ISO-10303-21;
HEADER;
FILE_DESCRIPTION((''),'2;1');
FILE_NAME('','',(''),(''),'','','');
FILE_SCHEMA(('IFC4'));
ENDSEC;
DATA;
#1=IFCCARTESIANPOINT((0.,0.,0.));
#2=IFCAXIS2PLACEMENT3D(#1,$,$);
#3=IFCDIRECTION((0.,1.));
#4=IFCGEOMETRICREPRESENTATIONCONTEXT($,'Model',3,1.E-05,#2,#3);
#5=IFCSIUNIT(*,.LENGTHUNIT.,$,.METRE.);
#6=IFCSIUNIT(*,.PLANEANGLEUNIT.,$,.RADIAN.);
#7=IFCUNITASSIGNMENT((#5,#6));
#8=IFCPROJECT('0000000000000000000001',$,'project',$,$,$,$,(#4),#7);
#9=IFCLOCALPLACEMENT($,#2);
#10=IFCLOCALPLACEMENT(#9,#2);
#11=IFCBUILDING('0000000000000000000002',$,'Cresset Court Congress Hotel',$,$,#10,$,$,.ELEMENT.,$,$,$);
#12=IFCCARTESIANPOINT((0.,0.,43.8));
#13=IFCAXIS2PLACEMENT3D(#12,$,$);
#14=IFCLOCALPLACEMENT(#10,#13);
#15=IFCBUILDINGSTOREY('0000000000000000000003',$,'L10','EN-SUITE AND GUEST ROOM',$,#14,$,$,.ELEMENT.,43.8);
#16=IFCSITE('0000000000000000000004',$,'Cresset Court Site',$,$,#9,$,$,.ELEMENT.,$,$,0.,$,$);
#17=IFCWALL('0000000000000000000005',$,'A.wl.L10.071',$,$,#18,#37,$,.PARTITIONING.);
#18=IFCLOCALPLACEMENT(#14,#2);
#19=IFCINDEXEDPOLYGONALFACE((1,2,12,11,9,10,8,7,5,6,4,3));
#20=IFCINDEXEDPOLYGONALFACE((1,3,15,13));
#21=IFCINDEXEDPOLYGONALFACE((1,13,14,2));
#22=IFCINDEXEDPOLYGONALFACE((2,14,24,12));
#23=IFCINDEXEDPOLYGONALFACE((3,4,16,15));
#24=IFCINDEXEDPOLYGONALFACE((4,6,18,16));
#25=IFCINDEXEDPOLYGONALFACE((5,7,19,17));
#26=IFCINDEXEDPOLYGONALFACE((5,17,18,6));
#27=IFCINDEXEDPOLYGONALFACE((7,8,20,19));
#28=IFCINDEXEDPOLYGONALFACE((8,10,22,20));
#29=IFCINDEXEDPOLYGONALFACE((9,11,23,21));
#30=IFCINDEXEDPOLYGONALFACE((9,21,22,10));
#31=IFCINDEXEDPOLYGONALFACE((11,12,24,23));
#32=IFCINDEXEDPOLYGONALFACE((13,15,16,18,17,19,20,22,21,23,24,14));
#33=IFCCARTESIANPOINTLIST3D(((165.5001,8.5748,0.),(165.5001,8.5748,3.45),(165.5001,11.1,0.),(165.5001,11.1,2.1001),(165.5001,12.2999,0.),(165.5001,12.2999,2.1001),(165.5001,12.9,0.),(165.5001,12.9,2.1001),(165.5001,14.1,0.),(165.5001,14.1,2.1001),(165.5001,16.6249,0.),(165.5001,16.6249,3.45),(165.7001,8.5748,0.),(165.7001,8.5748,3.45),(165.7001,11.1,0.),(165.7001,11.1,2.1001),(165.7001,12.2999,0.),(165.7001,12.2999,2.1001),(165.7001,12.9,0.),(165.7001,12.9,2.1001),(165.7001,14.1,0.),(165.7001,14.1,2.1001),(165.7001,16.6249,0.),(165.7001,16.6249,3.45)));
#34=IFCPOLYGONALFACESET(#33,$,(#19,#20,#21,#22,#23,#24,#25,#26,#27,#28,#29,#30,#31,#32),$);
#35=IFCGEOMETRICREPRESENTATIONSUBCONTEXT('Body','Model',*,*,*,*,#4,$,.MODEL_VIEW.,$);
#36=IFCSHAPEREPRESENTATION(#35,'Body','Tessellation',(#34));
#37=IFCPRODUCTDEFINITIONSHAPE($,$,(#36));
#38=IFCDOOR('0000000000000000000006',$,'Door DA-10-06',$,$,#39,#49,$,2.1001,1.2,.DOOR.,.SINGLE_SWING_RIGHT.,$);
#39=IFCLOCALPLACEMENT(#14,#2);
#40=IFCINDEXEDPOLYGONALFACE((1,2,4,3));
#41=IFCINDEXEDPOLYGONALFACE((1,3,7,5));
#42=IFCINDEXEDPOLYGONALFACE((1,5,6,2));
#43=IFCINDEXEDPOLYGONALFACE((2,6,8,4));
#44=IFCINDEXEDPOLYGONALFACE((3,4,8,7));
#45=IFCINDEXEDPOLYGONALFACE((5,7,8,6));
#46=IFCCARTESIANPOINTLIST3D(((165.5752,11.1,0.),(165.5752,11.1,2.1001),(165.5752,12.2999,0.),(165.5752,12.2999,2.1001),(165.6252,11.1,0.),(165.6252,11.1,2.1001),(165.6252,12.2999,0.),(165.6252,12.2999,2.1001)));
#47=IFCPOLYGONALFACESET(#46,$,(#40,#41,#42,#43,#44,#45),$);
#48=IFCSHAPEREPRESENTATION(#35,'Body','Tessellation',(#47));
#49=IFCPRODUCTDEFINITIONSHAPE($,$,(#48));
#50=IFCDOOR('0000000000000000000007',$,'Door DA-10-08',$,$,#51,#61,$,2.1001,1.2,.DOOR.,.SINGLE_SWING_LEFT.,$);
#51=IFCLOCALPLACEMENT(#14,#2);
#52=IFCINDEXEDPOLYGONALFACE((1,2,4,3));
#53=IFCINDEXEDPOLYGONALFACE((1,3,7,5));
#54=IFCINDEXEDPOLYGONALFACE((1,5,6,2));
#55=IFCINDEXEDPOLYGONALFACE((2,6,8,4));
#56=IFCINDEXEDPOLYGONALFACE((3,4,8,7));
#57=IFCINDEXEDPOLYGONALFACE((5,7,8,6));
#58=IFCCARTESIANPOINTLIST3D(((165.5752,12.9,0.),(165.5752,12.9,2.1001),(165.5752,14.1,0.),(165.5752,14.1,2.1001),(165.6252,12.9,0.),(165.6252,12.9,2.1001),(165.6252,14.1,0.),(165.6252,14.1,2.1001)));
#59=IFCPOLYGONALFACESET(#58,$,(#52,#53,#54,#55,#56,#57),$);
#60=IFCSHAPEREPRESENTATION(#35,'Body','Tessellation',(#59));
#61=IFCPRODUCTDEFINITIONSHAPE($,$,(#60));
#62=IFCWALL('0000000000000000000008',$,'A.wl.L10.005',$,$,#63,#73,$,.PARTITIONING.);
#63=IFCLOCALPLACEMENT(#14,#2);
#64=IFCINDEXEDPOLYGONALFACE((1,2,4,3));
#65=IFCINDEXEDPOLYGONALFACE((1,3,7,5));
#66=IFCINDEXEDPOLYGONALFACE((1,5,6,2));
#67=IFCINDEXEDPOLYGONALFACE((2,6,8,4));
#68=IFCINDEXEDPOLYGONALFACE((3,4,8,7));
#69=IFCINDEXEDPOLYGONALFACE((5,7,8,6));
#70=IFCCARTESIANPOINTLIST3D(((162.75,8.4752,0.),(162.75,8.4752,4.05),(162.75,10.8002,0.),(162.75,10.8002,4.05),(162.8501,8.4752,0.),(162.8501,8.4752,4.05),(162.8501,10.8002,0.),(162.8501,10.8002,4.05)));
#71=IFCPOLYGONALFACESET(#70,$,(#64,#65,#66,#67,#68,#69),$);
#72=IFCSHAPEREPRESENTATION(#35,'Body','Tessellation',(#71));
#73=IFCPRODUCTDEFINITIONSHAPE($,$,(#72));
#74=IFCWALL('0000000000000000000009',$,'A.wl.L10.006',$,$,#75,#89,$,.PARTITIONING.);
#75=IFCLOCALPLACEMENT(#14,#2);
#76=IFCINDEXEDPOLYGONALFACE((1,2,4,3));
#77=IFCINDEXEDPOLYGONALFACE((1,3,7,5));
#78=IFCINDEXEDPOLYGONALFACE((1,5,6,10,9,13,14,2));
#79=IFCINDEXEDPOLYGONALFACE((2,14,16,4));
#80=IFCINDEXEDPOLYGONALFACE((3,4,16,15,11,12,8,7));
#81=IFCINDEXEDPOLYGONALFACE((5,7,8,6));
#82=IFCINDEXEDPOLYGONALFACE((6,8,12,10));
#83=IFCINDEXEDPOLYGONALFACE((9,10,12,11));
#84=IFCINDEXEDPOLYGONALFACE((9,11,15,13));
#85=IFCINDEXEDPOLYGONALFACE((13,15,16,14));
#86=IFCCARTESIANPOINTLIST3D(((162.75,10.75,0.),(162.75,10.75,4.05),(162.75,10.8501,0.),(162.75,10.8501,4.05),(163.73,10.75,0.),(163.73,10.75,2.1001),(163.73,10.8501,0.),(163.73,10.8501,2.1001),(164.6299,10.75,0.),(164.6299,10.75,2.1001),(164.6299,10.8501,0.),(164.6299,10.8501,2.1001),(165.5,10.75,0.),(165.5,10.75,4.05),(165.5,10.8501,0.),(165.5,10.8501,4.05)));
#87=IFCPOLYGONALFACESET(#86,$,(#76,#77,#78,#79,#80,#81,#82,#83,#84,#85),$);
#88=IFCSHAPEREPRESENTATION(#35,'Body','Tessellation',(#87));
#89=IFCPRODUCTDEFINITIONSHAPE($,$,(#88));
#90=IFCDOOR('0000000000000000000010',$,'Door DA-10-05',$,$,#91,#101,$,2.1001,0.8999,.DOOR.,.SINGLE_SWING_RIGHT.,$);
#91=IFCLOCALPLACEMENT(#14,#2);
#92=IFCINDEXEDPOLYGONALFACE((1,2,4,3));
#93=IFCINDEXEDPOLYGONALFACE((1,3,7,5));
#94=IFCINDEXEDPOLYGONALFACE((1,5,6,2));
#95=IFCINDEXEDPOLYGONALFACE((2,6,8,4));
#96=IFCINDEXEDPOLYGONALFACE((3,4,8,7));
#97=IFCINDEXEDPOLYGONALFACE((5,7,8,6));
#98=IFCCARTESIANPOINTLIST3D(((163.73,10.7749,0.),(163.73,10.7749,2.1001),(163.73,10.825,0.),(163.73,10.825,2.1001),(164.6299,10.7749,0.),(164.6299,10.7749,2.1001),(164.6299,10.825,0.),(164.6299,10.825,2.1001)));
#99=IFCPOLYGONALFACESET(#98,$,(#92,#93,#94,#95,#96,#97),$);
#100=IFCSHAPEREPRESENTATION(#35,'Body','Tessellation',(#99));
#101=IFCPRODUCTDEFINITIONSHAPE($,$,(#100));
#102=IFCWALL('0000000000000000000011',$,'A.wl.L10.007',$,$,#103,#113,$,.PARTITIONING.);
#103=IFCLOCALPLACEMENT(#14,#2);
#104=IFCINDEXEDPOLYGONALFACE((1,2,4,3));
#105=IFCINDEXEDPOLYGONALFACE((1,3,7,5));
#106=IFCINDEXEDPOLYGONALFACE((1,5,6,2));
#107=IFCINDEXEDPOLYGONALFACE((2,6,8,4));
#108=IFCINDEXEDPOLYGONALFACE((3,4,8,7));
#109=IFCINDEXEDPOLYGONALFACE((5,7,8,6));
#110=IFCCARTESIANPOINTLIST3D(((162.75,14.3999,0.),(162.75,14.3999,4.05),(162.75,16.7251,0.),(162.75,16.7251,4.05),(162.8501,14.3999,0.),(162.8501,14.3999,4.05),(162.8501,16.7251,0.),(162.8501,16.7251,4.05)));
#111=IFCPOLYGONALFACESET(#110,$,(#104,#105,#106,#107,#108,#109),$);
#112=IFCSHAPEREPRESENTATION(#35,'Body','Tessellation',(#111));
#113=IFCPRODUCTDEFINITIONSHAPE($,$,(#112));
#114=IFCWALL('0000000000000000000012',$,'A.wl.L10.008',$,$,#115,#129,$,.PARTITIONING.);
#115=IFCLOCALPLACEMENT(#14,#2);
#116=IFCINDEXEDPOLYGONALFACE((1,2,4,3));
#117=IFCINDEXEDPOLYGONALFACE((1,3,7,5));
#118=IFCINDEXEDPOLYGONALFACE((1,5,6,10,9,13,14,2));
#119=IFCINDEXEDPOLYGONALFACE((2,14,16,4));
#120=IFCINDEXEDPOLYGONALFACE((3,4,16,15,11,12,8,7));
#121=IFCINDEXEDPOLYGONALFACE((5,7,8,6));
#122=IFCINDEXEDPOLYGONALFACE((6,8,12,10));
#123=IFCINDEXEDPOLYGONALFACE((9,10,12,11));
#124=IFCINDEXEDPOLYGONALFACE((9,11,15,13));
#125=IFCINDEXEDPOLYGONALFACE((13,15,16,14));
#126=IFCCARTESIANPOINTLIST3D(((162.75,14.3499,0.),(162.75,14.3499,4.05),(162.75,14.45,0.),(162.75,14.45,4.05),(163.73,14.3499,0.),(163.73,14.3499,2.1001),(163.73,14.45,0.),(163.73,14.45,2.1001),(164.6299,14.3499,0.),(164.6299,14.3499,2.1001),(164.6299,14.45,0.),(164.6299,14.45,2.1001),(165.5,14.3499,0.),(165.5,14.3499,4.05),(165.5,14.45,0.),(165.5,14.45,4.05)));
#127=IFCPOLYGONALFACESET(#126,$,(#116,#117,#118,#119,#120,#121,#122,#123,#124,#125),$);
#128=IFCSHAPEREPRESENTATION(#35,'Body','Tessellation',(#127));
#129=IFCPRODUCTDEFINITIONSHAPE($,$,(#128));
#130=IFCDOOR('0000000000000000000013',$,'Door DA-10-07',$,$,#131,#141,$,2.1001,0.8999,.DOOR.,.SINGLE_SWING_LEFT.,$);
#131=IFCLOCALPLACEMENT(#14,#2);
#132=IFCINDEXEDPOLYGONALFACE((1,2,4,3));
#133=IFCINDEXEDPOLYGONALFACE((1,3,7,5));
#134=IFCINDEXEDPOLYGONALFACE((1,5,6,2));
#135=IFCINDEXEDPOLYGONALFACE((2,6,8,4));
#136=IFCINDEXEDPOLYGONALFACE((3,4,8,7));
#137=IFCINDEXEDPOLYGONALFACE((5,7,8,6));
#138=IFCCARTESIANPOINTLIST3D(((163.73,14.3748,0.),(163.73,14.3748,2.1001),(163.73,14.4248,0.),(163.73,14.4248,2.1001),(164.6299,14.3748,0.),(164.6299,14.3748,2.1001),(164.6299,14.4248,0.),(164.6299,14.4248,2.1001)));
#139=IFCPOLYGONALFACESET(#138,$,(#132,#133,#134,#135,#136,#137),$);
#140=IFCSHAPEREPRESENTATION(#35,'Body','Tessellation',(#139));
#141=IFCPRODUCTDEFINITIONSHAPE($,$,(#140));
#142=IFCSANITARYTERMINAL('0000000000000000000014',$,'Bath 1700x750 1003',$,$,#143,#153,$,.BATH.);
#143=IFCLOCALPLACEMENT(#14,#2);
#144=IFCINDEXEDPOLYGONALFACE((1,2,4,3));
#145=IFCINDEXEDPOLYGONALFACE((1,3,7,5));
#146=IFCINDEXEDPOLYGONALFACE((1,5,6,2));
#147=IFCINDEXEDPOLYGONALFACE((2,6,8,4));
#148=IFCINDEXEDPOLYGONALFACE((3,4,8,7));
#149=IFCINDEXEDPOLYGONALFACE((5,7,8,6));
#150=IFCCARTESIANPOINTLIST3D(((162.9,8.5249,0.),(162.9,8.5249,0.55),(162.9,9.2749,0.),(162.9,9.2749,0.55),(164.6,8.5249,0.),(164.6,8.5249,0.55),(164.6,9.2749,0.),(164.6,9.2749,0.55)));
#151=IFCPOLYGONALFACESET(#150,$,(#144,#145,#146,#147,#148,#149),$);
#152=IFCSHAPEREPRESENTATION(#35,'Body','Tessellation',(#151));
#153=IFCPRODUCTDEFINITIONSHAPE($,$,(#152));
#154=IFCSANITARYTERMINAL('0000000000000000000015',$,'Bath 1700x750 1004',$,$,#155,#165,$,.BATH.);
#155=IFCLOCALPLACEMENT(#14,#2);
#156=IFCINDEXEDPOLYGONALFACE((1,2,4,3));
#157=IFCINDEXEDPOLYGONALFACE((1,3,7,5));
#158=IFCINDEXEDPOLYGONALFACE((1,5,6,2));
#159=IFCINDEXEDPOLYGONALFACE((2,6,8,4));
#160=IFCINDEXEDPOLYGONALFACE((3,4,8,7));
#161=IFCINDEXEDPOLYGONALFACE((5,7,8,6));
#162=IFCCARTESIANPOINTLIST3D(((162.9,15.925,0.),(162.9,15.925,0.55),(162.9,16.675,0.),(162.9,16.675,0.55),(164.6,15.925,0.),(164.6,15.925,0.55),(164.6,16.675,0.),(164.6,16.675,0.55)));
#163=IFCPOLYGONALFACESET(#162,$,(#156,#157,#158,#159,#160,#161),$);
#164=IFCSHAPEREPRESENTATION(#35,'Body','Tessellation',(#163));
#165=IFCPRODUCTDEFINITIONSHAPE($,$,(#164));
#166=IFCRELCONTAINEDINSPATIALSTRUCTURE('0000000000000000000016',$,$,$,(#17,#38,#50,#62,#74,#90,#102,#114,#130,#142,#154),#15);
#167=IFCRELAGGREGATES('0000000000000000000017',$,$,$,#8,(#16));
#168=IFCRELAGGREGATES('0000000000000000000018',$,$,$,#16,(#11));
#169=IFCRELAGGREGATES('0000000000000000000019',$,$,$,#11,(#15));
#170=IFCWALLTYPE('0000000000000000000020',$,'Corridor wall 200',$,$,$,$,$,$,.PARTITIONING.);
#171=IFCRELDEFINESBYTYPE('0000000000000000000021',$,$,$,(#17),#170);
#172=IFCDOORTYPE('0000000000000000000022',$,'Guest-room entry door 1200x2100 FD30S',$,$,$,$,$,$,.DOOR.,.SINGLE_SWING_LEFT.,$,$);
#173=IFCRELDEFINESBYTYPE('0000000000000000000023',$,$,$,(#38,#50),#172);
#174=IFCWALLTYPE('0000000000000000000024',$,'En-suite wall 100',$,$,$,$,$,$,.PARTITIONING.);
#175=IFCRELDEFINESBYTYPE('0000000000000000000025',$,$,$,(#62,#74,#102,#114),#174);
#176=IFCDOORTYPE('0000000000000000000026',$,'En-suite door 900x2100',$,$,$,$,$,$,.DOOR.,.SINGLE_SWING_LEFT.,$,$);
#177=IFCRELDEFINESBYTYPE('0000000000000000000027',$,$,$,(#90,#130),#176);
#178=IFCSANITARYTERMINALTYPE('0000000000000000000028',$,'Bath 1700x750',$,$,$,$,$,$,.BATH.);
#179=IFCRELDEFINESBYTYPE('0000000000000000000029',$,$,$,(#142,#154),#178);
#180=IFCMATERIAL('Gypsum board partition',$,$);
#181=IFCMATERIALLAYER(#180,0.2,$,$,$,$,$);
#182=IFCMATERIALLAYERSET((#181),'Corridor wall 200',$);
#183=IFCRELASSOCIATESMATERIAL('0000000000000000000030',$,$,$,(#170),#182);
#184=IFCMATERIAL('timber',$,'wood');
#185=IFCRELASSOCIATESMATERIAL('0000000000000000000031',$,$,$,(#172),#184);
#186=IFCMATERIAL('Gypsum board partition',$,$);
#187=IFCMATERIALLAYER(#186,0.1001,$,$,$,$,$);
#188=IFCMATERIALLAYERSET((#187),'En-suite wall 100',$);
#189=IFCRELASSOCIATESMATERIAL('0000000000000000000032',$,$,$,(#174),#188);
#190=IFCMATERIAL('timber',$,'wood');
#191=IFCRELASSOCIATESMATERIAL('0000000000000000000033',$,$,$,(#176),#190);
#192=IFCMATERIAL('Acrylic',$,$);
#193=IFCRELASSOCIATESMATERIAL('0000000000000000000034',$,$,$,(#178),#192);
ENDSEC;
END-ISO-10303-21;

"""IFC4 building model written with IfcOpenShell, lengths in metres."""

from ifc_helpers import new_model, si_unit, direction, frame, frame_2d, origin, origin_2d, place, context, subcontext, project, spatial, rectangle, extrude, material, layer, layer_set, type_object, element, fill, save


model = new_model("IFC4")

# Units and contexts
model_context = context("Model", 3, precision=1e-05, world=origin(), true_north=direction((0.0, 1.0)))
body_context = subcontext(model_context, "Body", "Model", "MODEL_VIEW")
ifc_project = project(units=[si_unit("LENGTHUNIT", "METRE"), si_unit("PLANEANGLEUNIT", "RADIAN")], contexts=[model_context])

# Site, building, storey
site_placement = place(None, origin())
site = spatial("IfcSite", under=ifc_project, at=site_placement, Name="Cresset Court Site", CompositionType="ELEMENT", RefElevation=0.0)
building_placement = place(site_placement, origin())
building = spatial("IfcBuilding", under=site, at=building_placement, Name="Cresset Court Congress Hotel", CompositionType="ELEMENT")
storey_placement = place(building_placement, frame((0.0, 0.0, 43.8)))
storey = spatial("IfcBuildingStorey", under=building, at=storey_placement, Name="L10", Description="EN-SUITE AND GUEST ROOM", CompositionType="ELEMENT", Elevation=43.8)

# Wall, openings, doors
ifc_material_1 = material(Name="Gypsum board partition")
ifc_layer_1 = layer(ifc_material_1, 0.2)
ifc_layer_set_1 = layer_set([ifc_layer_1], Name="Corridor wall 200")
wall_type_1 = type_object("IfcWallType", Name="Corridor wall 200", PredefinedType="PARTITIONING", material=ifc_layer_set_1)
wall_1_placement = place(storey_placement, frame((165.6001, 8.575, 0.0), z_axis=(0.0, 0.0, 1.0), x_axis=(0.0, 1.0, 0.0)))
wall_1 = element("IfcWall", 1, at=wall_1_placement, inside=storey, type_object=wall_type_1, Name="A.wl.L10.071", PredefinedType="PARTITIONING", context=body_context, shape_type="SweptSolid", body=[
    extrude(rectangle(XDim=8.05, YDim=0.2, at=frame_2d((4.0249, 0.0))), origin(), (0.0, 0.0, 1.0), 3.45),
])
opening_1_placement = place(wall_1_placement, frame((2.5249, 0.0, 0.0)))
opening_1 = element("IfcOpeningElement", 2, at=opening_1_placement, cuts=wall_1, PredefinedType="OPENING", context=body_context, shape_type="SweptSolid", body=[
    extrude(rectangle(XDim=1.2, YDim=2.1001, at=frame_2d((0.6001, 1.05))), frame((0.0, 0.1099, 0.0), z_axis=(0.0, -1.0, 0.0), x_axis=(1.0, 0.0, 0.0)), (0.0, 0.0, 1.0), 0.22),
])
opening_2_placement = place(wall_1_placement, frame((4.325, 0.0, 0.0)))
opening_2 = element("IfcOpeningElement", 3, at=opening_2_placement, cuts=wall_1, PredefinedType="OPENING", context=body_context, shape_type="SweptSolid", body=[
    extrude(rectangle(XDim=1.2, YDim=2.1001, at=frame_2d((0.6001, 1.05))), frame((0.0, 0.1099, 0.0), z_axis=(0.0, -1.0, 0.0), x_axis=(1.0, 0.0, 0.0)), (0.0, 0.0, 1.0), 0.22),
])
ifc_material_2 = material(Name="timber", Category="wood")
door_type_1 = type_object("IfcDoorType", Name="Guest-room entry door 1200x2100 FD30S", OperationType="SINGLE_SWING_LEFT", PredefinedType="DOOR", material=ifc_material_2)
door_1_placement = place(opening_1_placement, origin())
door_1 = element("IfcDoor", 4, at=door_1_placement, inside=storey, type_object=door_type_1, Name="Door DA-10-06", OperationType="SINGLE_SWING_RIGHT", OverallHeight=2.1001, OverallWidth=1.2, PredefinedType="DOOR", context=body_context, shape_type="SweptSolid", body=[
    extrude(rectangle(XDim=1.2, YDim=2.1001, at=frame_2d((0.6001, 1.05))), frame((0.0, 0.0249, 0.0), z_axis=(0.0, -1.0, 0.0), x_axis=(1.0, 0.0, 0.0)), (0.0, 0.0, 1.0), 0.05),
])
fill(opening_1, door_1)
door_2_placement = place(opening_2_placement, origin())
door_2 = element("IfcDoor", 5, at=door_2_placement, inside=storey, type_object=door_type_1, Name="Door DA-10-08", OperationType="SINGLE_SWING_LEFT", OverallHeight=2.1001, OverallWidth=1.2, PredefinedType="DOOR", context=body_context, shape_type="SweptSolid", body=[
    extrude(rectangle(XDim=1.2, YDim=2.1001, at=frame_2d((0.6001, 1.05))), frame((0.0, 0.0249, 0.0), z_axis=(0.0, -1.0, 0.0), x_axis=(1.0, 0.0, 0.0)), (0.0, 0.0, 1.0), 0.05),
])
fill(opening_2, door_2)

# Wall
ifc_material_3 = material(Name="Gypsum board partition")
ifc_layer_2 = layer(ifc_material_3, 0.1001)
ifc_layer_set_2 = layer_set([ifc_layer_2], Name="En-suite wall 100")
wall_type_2 = type_object("IfcWallType", Name="En-suite wall 100", PredefinedType="PARTITIONING", material=ifc_layer_set_2)
wall_2_placement = place(storey_placement, frame((162.8, 8.4751, 0.0), z_axis=(0.0, 0.0, 1.0), x_axis=(0.0, 1.0, 0.0)))
element("IfcWall", 6, at=wall_2_placement, inside=storey, type_object=wall_type_2, Name="A.wl.L10.005", PredefinedType="PARTITIONING", context=body_context, shape_type="SweptSolid", body=[
    extrude(rectangle(XDim=2.325, YDim=0.1001, at=frame_2d((1.1626, 0.0))), origin(), (0.0, 0.0, 1.0), 4.05),
])

# Wall, opening, door
wall_3_placement = place(storey_placement, frame((162.75, 10.8, 0.0), z_axis=(0.0, 0.0, 1.0), x_axis=(1.0, 0.0, 0.0)))
wall_3 = element("IfcWall", 7, at=wall_3_placement, inside=storey, type_object=wall_type_2, Name="A.wl.L10.006", PredefinedType="PARTITIONING", context=body_context, shape_type="SweptSolid", body=[
    extrude(rectangle(XDim=2.75, YDim=0.1001, at=frame_2d((1.375, 0.0))), origin(), (0.0, 0.0, 1.0), 4.05),
])
opening_3_placement = place(wall_3_placement, frame((0.98, 0.0, 0.0)))
opening_3 = element("IfcOpeningElement", 8, at=opening_3_placement, cuts=wall_3, PredefinedType="OPENING", context=body_context, shape_type="SweptSolid", body=[
    extrude(rectangle(XDim=0.8999, YDim=2.1001, at=frame_2d((0.45, 1.05))), frame((0.0, 0.0601, 0.0), z_axis=(0.0, -1.0, 0.0), x_axis=(1.0, 0.0, 0.0)), (0.0, 0.0, 1.0), 0.1201),
])
ifc_material_4 = material(Name="timber", Category="wood")
door_type_2 = type_object("IfcDoorType", Name="En-suite door 900x2100", OperationType="SINGLE_SWING_LEFT", PredefinedType="DOOR", material=ifc_material_4)
door_3_placement = place(opening_3_placement, origin())
door_3 = element("IfcDoor", 9, at=door_3_placement, inside=storey, type_object=door_type_2, Name="Door DA-10-05", OperationType="SINGLE_SWING_RIGHT", OverallHeight=2.1001, OverallWidth=0.8999, PredefinedType="DOOR", context=body_context, shape_type="SweptSolid", body=[
    extrude(rectangle(XDim=0.8999, YDim=2.1001, at=frame_2d((0.45, 1.05))), frame((0.0, 0.0249, 0.0), z_axis=(0.0, -1.0, 0.0), x_axis=(1.0, 0.0, 0.0)), (0.0, 0.0, 1.0), 0.05),
])
fill(opening_3, door_3)

# Wall
wall_4_placement = place(storey_placement, frame((162.8, 14.3999, 0.0), z_axis=(0.0, 0.0, 1.0), x_axis=(0.0, 1.0, 0.0)))
element("IfcWall", 10, at=wall_4_placement, inside=storey, type_object=wall_type_2, Name="A.wl.L10.007", PredefinedType="PARTITIONING", context=body_context, shape_type="SweptSolid", body=[
    extrude(rectangle(XDim=2.3252, YDim=0.1001, at=frame_2d((1.1626, 0.0))), origin(), (0.0, 0.0, 1.0), 4.05),
])

# Wall, opening, door
wall_5_placement = place(storey_placement, frame((162.75, 14.3999, 0.0), z_axis=(0.0, 0.0, 1.0), x_axis=(1.0, 0.0, 0.0)))
wall_5 = element("IfcWall", 11, at=wall_5_placement, inside=storey, type_object=wall_type_2, Name="A.wl.L10.008", PredefinedType="PARTITIONING", context=body_context, shape_type="SweptSolid", body=[
    extrude(rectangle(XDim=2.75, YDim=0.1001, at=frame_2d((1.375, 0.0))), origin(), (0.0, 0.0, 1.0), 4.05),
])
opening_4_placement = place(wall_5_placement, frame((0.98, 0.0, 0.0)))
opening_4 = element("IfcOpeningElement", 12, at=opening_4_placement, cuts=wall_5, PredefinedType="OPENING", context=body_context, shape_type="SweptSolid", body=[
    extrude(rectangle(XDim=0.8999, YDim=2.1001, at=frame_2d((0.45, 1.05))), frame((0.0, 0.0601, 0.0), z_axis=(0.0, -1.0, 0.0), x_axis=(1.0, 0.0, 0.0)), (0.0, 0.0, 1.0), 0.1201),
])
door_4_placement = place(opening_4_placement, origin())
door_4 = element("IfcDoor", 13, at=door_4_placement, inside=storey, type_object=door_type_2, Name="Door DA-10-07", OperationType="SINGLE_SWING_LEFT", OverallHeight=2.1001, OverallWidth=0.8999, PredefinedType="DOOR", context=body_context, shape_type="SweptSolid", body=[
    extrude(rectangle(XDim=0.8999, YDim=2.1001, at=frame_2d((0.45, 1.05))), frame((0.0, 0.0249, 0.0), z_axis=(0.0, -1.0, 0.0), x_axis=(1.0, 0.0, 0.0)), (0.0, 0.0, 1.0), 0.05),
])
fill(opening_4, door_4)

# Sanitary terminals
ifc_material_5 = material(Name="Acrylic")
sanitary_terminal_type_1 = type_object("IfcSanitaryTerminalType", Name="Bath 1700x750", PredefinedType="BATH", material=ifc_material_5)
for number, where, z_axis, x_axis, name in (
    (14, (163.75, 8.8999, 0.0), (0.0, 0.0, 1.0), (1.0, 0.0, 0.0), "Bath 1700x750 1003"),
    (15, (163.75, 16.3, 0.0), (0.0, 0.0, 1.0), (1.0, 0.0, 0.0), "Bath 1700x750 1004"),
):
    element("IfcSanitaryTerminal", number, at=place(storey_placement, frame(where, z_axis=z_axis, x_axis=x_axis)), inside=storey, type_object=sanitary_terminal_type_1, Name=name, PredefinedType="BATH", context=body_context, shape_type="SweptSolid", body=[
        extrude(rectangle(XDim=1.7, YDim=0.75, at=origin_2d()), origin(), (0.0, 0.0, 1.0), 0.55),
    ])

save(model, "model.ifc")
